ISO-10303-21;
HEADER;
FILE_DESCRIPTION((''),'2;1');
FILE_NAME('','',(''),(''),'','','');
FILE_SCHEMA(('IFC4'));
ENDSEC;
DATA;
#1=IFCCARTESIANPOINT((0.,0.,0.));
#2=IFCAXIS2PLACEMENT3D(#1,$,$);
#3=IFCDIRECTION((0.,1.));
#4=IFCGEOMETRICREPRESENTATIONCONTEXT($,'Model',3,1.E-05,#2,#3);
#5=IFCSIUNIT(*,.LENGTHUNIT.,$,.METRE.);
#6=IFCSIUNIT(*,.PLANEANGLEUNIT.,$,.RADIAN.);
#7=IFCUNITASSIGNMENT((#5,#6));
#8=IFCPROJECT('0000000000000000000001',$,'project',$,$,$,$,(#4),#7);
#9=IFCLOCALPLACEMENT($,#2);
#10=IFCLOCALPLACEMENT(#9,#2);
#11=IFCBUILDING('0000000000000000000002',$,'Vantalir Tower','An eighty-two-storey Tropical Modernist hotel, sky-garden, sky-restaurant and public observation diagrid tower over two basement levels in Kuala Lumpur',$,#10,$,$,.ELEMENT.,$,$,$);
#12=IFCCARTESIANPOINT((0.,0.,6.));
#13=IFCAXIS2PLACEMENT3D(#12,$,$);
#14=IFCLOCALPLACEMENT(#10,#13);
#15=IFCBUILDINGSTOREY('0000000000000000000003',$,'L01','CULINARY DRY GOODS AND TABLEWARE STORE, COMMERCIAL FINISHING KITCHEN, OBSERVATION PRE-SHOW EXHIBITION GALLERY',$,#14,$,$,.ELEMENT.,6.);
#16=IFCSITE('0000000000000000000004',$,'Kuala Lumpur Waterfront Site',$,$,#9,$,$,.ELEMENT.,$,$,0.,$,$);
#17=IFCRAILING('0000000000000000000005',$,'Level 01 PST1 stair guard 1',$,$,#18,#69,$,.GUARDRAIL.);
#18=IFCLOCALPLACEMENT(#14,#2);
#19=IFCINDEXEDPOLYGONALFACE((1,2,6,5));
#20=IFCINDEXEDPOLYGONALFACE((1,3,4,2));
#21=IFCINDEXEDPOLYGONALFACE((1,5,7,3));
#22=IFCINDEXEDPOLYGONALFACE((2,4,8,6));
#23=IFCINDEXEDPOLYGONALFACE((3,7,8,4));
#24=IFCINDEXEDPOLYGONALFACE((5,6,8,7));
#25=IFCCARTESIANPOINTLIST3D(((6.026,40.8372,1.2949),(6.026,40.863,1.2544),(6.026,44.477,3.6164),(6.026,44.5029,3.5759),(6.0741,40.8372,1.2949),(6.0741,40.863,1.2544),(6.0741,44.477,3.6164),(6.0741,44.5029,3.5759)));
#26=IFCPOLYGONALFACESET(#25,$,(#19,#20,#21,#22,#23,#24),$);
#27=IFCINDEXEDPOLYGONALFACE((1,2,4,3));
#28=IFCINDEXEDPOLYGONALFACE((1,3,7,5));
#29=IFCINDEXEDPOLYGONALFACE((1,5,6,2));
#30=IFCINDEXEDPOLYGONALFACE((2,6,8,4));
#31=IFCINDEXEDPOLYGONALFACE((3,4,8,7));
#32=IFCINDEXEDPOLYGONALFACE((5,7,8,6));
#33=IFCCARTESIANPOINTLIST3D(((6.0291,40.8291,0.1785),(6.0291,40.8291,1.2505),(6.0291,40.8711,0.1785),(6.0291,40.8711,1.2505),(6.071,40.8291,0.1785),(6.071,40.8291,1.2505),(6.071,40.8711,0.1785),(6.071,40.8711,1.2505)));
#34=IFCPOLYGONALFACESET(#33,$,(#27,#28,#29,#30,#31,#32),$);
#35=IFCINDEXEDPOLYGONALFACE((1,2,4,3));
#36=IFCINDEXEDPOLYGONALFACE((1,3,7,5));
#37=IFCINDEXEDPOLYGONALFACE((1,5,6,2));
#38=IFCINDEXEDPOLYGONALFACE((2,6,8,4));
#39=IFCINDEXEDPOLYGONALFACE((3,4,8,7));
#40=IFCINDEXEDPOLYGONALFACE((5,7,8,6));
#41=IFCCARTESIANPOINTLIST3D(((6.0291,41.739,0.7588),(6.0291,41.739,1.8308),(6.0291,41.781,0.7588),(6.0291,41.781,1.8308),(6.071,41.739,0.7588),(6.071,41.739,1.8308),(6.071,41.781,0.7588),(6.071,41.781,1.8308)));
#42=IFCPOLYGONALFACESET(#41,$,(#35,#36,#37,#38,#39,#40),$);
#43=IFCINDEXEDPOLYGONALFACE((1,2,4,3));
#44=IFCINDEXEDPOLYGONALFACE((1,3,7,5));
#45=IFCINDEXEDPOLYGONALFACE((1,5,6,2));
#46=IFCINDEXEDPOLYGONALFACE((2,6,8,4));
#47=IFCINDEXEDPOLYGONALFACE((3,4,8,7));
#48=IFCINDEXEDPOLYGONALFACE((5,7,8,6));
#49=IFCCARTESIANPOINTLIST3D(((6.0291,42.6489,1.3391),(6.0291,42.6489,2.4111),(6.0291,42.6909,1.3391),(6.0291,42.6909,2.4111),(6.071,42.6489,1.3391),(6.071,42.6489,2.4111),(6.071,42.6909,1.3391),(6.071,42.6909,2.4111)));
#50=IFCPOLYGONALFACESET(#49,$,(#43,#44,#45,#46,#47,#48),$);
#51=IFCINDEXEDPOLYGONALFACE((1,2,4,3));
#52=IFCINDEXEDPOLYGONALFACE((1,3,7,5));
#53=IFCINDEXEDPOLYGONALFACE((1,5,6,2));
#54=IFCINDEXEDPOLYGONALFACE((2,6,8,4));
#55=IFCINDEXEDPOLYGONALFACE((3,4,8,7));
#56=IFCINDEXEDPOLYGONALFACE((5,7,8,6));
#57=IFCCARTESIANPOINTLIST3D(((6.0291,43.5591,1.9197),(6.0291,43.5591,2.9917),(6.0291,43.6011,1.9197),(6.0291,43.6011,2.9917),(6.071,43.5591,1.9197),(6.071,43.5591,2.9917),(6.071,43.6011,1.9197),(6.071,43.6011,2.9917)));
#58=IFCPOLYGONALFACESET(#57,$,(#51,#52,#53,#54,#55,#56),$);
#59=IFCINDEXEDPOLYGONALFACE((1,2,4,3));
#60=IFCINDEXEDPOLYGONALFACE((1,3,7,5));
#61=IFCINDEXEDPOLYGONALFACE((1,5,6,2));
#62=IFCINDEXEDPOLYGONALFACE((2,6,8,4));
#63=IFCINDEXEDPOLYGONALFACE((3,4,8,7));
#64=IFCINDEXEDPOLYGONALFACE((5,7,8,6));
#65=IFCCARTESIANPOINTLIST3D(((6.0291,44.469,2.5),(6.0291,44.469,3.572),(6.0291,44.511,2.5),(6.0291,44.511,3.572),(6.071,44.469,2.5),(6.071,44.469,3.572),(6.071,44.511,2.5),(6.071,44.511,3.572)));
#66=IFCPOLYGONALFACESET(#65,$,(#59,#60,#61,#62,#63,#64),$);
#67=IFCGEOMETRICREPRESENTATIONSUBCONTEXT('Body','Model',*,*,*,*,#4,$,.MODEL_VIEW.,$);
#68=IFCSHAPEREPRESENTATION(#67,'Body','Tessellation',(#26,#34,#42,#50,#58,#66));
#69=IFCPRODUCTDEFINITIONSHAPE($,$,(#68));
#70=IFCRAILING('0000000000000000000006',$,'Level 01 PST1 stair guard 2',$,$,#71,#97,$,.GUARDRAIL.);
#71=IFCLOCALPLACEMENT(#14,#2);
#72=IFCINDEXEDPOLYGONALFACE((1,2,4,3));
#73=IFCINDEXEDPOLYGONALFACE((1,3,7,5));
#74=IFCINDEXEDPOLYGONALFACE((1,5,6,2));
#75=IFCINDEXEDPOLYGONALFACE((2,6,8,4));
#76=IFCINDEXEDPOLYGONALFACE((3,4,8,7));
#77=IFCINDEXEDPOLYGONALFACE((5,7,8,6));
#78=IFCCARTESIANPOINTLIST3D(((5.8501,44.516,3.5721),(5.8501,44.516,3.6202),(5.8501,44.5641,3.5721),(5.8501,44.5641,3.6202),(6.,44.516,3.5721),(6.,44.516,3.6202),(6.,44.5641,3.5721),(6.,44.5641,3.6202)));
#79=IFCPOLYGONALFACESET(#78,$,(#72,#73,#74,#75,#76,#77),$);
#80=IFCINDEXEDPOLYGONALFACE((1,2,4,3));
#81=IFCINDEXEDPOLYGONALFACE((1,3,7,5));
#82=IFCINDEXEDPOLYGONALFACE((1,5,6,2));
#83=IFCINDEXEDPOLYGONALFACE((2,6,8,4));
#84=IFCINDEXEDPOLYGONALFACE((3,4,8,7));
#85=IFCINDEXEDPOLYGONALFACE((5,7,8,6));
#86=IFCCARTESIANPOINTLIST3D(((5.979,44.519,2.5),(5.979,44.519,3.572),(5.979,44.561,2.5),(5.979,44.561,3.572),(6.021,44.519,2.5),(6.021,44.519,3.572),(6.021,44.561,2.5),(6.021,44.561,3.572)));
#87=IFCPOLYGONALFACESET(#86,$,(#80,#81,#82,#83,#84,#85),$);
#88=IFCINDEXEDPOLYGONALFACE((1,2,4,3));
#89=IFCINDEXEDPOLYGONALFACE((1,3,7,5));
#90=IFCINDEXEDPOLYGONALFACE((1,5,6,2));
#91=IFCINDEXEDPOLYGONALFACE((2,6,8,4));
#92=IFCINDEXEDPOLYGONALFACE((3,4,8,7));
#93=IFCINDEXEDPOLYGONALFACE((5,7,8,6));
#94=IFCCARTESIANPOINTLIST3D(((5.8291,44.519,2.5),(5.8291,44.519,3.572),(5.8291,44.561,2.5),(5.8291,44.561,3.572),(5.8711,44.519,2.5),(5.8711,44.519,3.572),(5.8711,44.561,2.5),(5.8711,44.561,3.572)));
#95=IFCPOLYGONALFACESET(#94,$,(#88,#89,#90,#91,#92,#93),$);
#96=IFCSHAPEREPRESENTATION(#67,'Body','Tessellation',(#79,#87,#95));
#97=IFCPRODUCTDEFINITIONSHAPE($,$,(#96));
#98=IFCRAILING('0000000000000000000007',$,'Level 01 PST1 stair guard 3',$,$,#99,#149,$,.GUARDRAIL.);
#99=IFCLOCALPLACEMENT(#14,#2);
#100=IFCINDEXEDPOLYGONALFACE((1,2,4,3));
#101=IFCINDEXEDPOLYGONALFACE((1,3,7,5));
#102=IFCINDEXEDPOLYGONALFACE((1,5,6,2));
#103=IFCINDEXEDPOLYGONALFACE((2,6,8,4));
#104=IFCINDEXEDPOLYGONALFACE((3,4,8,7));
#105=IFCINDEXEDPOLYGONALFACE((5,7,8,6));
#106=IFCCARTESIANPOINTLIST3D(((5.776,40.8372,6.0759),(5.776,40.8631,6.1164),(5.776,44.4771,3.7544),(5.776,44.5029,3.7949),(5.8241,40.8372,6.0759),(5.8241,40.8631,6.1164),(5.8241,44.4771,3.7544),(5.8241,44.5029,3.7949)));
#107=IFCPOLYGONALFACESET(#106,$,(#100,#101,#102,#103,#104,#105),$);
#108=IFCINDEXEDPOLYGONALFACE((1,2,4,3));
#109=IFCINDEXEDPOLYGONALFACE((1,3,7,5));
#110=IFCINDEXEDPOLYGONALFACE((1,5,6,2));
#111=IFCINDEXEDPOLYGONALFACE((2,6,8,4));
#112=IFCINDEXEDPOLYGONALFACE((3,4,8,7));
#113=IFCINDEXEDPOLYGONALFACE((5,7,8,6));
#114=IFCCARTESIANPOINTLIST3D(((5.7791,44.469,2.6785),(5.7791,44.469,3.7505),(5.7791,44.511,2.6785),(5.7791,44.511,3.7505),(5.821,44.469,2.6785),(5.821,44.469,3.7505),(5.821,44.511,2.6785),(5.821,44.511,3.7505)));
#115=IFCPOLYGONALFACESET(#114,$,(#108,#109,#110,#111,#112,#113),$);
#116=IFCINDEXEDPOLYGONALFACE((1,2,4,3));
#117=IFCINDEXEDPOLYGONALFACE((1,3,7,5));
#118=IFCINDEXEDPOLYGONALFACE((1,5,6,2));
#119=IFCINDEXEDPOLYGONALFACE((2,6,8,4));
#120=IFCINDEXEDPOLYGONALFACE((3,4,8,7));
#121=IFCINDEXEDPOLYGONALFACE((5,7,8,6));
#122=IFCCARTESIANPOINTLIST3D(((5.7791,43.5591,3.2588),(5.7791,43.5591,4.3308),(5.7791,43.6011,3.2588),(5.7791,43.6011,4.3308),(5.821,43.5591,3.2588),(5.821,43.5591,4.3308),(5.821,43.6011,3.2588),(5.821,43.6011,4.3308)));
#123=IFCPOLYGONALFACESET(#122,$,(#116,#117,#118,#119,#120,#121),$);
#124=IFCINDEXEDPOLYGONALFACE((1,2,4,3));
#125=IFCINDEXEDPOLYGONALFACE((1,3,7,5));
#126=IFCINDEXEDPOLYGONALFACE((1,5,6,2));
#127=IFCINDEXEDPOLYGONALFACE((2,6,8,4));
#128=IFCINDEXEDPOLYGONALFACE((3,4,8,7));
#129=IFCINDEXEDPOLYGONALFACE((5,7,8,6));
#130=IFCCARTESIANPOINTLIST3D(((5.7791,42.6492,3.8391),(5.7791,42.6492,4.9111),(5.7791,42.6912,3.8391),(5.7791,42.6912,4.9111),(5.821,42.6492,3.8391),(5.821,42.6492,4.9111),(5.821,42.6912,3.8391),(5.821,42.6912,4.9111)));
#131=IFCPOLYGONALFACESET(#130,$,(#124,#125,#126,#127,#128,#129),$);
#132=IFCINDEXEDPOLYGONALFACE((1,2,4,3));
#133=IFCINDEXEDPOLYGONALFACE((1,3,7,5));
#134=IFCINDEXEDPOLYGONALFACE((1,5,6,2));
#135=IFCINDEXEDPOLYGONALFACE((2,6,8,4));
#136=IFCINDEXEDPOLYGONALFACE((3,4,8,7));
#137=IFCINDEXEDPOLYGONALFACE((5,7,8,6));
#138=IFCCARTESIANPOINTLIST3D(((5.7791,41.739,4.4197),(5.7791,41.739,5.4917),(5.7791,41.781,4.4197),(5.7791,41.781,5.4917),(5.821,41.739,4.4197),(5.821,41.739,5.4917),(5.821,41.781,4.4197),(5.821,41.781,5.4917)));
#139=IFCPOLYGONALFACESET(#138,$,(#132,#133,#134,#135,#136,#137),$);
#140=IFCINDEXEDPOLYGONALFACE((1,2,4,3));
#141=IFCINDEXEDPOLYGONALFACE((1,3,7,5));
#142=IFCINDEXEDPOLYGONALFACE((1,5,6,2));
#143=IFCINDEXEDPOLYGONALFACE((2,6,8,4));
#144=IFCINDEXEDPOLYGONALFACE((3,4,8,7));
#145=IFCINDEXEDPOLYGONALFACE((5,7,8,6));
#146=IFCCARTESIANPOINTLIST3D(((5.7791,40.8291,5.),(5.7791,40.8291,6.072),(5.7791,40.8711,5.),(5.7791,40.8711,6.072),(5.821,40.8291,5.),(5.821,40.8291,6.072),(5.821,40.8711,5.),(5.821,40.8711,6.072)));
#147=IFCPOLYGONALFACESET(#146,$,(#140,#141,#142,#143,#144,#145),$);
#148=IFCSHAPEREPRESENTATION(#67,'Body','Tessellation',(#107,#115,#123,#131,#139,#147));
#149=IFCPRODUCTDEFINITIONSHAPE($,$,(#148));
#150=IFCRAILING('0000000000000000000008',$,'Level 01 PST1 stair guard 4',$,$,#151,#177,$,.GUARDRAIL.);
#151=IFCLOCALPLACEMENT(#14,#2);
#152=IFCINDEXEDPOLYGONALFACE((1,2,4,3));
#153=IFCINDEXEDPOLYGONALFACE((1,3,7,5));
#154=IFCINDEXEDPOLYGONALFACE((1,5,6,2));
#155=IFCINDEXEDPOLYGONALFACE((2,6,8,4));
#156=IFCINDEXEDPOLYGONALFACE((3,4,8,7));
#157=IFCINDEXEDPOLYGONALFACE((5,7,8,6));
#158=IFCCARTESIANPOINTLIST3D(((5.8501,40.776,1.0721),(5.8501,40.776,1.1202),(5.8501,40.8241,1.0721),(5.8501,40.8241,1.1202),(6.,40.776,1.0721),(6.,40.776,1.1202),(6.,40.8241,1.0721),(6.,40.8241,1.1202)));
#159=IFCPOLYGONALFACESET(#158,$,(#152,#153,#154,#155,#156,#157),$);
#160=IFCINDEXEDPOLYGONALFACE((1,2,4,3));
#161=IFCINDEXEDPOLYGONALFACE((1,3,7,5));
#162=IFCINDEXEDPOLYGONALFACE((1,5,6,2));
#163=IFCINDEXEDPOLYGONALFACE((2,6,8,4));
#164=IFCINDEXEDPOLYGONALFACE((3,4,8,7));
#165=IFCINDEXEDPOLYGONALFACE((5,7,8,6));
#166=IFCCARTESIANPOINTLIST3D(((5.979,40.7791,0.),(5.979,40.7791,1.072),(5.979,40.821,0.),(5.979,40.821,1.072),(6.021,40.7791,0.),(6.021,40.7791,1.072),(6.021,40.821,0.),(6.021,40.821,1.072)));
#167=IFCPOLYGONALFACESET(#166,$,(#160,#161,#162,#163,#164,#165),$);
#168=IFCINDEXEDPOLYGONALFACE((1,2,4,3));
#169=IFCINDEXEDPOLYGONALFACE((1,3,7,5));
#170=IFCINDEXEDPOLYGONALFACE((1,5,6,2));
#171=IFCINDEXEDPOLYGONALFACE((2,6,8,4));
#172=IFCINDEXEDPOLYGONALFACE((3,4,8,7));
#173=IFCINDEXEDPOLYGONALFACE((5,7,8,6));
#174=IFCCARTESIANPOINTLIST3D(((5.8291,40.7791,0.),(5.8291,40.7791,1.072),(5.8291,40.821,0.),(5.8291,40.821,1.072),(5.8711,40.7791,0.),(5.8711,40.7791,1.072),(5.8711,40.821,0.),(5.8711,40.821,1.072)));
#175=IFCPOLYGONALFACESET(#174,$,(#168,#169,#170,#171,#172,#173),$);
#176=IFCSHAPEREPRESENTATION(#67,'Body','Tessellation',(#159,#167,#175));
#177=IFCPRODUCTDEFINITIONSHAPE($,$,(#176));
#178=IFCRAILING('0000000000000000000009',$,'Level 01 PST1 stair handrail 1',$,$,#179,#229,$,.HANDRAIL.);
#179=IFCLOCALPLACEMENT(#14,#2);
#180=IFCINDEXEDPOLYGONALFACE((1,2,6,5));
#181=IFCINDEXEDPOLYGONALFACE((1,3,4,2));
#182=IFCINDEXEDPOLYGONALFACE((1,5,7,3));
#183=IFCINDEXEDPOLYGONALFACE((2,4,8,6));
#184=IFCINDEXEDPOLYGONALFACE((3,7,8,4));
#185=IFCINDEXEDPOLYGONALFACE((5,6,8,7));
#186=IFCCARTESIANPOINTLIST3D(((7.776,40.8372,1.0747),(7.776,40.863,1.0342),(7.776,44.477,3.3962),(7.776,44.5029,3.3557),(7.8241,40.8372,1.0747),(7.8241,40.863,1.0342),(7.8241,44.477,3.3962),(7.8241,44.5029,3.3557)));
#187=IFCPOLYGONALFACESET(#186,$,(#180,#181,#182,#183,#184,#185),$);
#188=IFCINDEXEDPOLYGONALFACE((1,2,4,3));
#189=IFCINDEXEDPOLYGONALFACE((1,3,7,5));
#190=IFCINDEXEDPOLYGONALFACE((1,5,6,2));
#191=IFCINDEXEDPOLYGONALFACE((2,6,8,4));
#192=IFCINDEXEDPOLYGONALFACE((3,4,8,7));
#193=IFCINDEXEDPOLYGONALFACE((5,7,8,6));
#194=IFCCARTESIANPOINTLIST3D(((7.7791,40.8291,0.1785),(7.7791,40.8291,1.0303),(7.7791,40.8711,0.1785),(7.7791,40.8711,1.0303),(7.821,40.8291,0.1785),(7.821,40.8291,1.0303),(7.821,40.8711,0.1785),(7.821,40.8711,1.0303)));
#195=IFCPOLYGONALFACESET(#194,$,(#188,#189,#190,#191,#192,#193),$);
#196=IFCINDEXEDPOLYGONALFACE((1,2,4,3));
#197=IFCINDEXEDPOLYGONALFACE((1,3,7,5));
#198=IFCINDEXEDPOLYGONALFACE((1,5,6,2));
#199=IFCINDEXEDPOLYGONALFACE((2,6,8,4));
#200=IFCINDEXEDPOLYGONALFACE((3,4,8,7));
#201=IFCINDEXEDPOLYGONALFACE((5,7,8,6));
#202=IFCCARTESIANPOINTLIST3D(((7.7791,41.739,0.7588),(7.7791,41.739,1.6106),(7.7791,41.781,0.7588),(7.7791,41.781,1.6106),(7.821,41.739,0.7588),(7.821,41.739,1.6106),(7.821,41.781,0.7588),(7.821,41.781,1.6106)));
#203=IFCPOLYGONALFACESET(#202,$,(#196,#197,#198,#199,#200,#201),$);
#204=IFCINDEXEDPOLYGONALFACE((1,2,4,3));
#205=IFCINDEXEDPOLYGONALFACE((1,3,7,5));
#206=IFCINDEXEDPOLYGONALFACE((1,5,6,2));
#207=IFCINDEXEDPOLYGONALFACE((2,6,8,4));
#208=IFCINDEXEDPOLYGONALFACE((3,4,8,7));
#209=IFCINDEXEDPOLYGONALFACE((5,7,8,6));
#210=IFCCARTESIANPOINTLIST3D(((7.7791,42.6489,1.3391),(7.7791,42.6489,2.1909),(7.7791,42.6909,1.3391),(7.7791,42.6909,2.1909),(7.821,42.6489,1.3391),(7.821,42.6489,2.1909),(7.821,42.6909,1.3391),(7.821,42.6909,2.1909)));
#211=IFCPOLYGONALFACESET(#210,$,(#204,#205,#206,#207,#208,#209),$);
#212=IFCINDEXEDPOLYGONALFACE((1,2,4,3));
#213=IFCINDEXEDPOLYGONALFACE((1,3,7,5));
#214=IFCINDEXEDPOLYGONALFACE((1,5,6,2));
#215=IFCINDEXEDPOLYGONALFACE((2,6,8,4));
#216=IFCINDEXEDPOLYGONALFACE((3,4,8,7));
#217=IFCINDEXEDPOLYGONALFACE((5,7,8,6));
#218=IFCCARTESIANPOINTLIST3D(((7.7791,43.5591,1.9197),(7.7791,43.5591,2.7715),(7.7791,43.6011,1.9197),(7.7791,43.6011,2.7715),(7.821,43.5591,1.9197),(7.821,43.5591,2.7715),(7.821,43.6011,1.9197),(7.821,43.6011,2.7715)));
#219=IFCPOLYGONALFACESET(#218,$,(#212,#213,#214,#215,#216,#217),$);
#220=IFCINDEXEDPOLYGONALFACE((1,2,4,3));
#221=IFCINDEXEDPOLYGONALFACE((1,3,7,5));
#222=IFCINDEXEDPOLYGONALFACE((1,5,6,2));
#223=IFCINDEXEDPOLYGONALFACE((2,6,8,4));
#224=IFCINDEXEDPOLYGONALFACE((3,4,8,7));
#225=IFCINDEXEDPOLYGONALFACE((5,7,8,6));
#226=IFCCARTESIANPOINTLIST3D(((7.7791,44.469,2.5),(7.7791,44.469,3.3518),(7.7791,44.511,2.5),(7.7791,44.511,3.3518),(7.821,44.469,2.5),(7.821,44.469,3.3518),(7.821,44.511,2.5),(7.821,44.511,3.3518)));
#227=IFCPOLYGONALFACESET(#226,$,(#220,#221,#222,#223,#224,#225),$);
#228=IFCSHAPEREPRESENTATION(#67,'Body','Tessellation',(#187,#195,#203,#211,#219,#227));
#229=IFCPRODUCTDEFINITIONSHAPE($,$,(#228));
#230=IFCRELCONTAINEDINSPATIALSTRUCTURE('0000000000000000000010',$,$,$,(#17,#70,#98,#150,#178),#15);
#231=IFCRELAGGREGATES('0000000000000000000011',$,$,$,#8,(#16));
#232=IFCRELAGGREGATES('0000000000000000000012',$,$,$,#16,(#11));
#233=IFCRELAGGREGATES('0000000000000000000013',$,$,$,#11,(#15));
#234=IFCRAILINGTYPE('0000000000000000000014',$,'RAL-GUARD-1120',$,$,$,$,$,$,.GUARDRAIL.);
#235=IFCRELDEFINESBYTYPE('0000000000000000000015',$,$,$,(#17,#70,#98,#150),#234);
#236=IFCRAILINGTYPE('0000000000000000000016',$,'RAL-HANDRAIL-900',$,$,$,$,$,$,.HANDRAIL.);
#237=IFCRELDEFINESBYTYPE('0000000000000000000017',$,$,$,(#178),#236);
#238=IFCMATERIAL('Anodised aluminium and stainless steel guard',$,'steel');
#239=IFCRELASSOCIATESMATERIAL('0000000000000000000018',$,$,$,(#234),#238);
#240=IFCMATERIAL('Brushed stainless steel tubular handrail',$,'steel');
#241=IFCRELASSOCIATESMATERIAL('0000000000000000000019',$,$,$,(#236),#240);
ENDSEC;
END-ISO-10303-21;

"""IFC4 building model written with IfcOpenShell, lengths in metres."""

from ifc_helpers import new_model, si_unit, direction, frame, origin, origin_2d, place, context, subcontext, project, spatial, rectangle, extrude, material, type_object, element, save


model = new_model("IFC4")

# Units and contexts
model_context = context("Model", 3, precision=1e-05, world=origin(), true_north=direction((0.0, 1.0)))
body_context = subcontext(model_context, "Body", "Model", "MODEL_VIEW")
ifc_project = project(units=[si_unit("LENGTHUNIT", "METRE"), si_unit("PLANEANGLEUNIT", "RADIAN")], contexts=[model_context])

# Site, building, storey
site_placement = place(None, origin())
site = spatial("IfcSite", under=ifc_project, at=site_placement, Name="Kuala Lumpur Waterfront Site", CompositionType="ELEMENT", RefElevation=0.0)
building_placement = place(site_placement, origin())
building = spatial("IfcBuilding", under=site, at=building_placement, Name="Vantalir Tower", Description="An eighty-two-storey Tropical Modernist hotel, sky-garden, sky-restaurant and public observation diagrid tower over two basement levels in Kuala Lumpur", CompositionType="ELEMENT")
storey_placement = place(building_placement, frame((0.0, 0.0, 6.0)))
storey = spatial("IfcBuildingStorey", under=building, at=storey_placement, Name="L01", Description="CULINARY DRY GOODS AND TABLEWARE STORE, COMMERCIAL FINISHING KITCHEN, OBSERVATION PRE-SHOW EXHIBITION GALLERY", CompositionType="ELEMENT", Elevation=6.0)

# Railings
ifc_material_1 = material(Name="Anodised aluminium and stainless steel guard", Category="steel")
railing_type_1 = type_object("IfcRailingType", Name="RAL-GUARD-1120", PredefinedType="GUARDRAIL", material=ifc_material_1)
railing_1_placement = place(storey_placement, frame((6.05, 40.8501, 0.1785)))
element("IfcRailing", 1, at=railing_1_placement, inside=storey, type_object=railing_type_1, Name="Level 01 PST1 stair guard 1", PredefinedType="GUARDRAIL", context=body_context, shape_type="SweptSolid", body=[
    extrude(rectangle(XDim=0.0481, YDim=0.0481, at=origin_2d()), frame((0.0, 0.0, 1.0962), z_axis=(0.0, 0.843112, 0.537739), x_axis=(-1.0, 0.0, 0.0)), (0.0, 0.0, 1.0), 4.3171),
    extrude(rectangle(XDim=0.042, YDim=0.042, at=origin_2d()), origin(), (0.0, 0.0, 1.0), 1.072),
    extrude(rectangle(XDim=0.042, YDim=0.042, at=origin_2d()), frame((0.0, 0.9099, 0.5803)), (0.0, 0.0, 1.0), 1.072),
    extrude(rectangle(XDim=0.042, YDim=0.042, at=origin_2d()), frame((0.0, 1.8198, 1.1606)), (0.0, 0.0, 1.0), 1.072),
    extrude(rectangle(XDim=0.042, YDim=0.042, at=origin_2d()), frame((0.0, 2.73, 1.7412)), (0.0, 0.0, 1.0), 1.072),
    extrude(rectangle(XDim=0.042, YDim=0.042, at=origin_2d()), frame((0.0, 3.6399, 2.3215)), (0.0, 0.0, 1.0), 1.072),
])
railing_2_placement = place(storey_placement, frame((6.0, 44.54, 2.5)))
element("IfcRailing", 2, at=railing_2_placement, inside=storey, type_object=railing_type_1, Name="Level 01 PST1 stair guard 2", PredefinedType="GUARDRAIL", context=body_context, shape_type="SweptSolid", body=[
    extrude(rectangle(XDim=0.0481, YDim=0.0481, at=origin_2d()), frame((0.0, 0.0, 1.0962), z_axis=(-1.0, 0.0, 0.0), x_axis=(0.0, -1.0, 0.0)), (0.0, 0.0, 1.0), 0.1499),
    extrude(rectangle(XDim=0.042, YDim=0.042, at=origin_2d()), origin(), (0.0, 0.0, 1.0), 1.072),
    extrude(rectangle(XDim=0.042, YDim=0.042, at=origin_2d()), frame((-0.1499, 0.0, 0.0)), (0.0, 0.0, 1.0), 1.072),
])
railing_3_placement = place(storey_placement, frame((5.8, 44.49, 2.6785)))
element("IfcRailing", 3, at=railing_3_placement, inside=storey, type_object=railing_type_1, Name="Level 01 PST1 stair guard 3", PredefinedType="GUARDRAIL", context=body_context, shape_type="SweptSolid", body=[
    extrude(rectangle(XDim=0.0481, YDim=0.0481, at=origin_2d()), frame((0.0, 0.0, 1.0962), z_axis=(0.0, -0.843112, 0.537739), x_axis=(1.0, 0.0, 0.0)), (0.0, 0.0, 1.0), 4.3171),
    extrude(rectangle(XDim=0.042, YDim=0.042, at=origin_2d()), origin(), (0.0, 0.0, 1.0), 1.072),
    extrude(rectangle(XDim=0.042, YDim=0.042, at=origin_2d()), frame((0.0, -0.9099, 0.5803)), (0.0, 0.0, 1.0), 1.072),
    extrude(rectangle(XDim=0.042, YDim=0.042, at=origin_2d()), frame((0.0, -1.8198, 1.1606)), (0.0, 0.0, 1.0), 1.072),
    extrude(rectangle(XDim=0.042, YDim=0.042, at=origin_2d()), frame((0.0, -2.73, 1.7412)), (0.0, 0.0, 1.0), 1.072),
    extrude(rectangle(XDim=0.042, YDim=0.042, at=origin_2d()), frame((0.0, -3.6399, 2.3215)), (0.0, 0.0, 1.0), 1.072),
])
railing_4_placement = place(storey_placement, frame((6.0, 40.8, 0.0)))
element("IfcRailing", 4, at=railing_4_placement, inside=storey, type_object=railing_type_1, Name="Level 01 PST1 stair guard 4", PredefinedType="GUARDRAIL", context=body_context, shape_type="SweptSolid", body=[
    extrude(rectangle(XDim=0.0481, YDim=0.0481, at=origin_2d()), frame((0.0, 0.0, 1.0962), z_axis=(-1.0, 0.0, 0.0), x_axis=(0.0, -1.0, 0.0)), (0.0, 0.0, 1.0), 0.1499),
    extrude(rectangle(XDim=0.042, YDim=0.042, at=origin_2d()), origin(), (0.0, 0.0, 1.0), 1.072),
    extrude(rectangle(XDim=0.042, YDim=0.042, at=origin_2d()), frame((-0.1499, 0.0, 0.0)), (0.0, 0.0, 1.0), 1.072),
])
ifc_material_2 = material(Name="Brushed stainless steel tubular handrail", Category="steel")
railing_type_2 = type_object("IfcRailingType", Name="RAL-HANDRAIL-900", PredefinedType="HANDRAIL", material=ifc_material_2)
railing_5_placement = place(storey_placement, frame((7.8, 40.8501, 0.1785)))
element("IfcRailing", 5, at=railing_5_placement, inside=storey, type_object=railing_type_2, Name="Level 01 PST1 stair handrail 1", PredefinedType="HANDRAIL", context=body_context, shape_type="SweptSolid", body=[
    extrude(rectangle(XDim=0.0481, YDim=0.0481, at=origin_2d()), frame((0.0, 0.0, 0.876), z_axis=(0.0, 0.843112, 0.537739), x_axis=(-1.0, 0.0, 0.0)), (0.0, 0.0, 1.0), 4.3171),
    extrude(rectangle(XDim=0.042, YDim=0.042, at=origin_2d()), origin(), (0.0, 0.0, 1.0), 0.8518),
    extrude(rectangle(XDim=0.042, YDim=0.042, at=origin_2d()), frame((0.0, 0.9099, 0.5803)), (0.0, 0.0, 1.0), 0.8518),
    extrude(rectangle(XDim=0.042, YDim=0.042, at=origin_2d()), frame((0.0, 1.8198, 1.1606)), (0.0, 0.0, 1.0), 0.8518),
    extrude(rectangle(XDim=0.042, YDim=0.042, at=origin_2d()), frame((0.0, 2.73, 1.7412)), (0.0, 0.0, 1.0), 0.8518),
    extrude(rectangle(XDim=0.042, YDim=0.042, at=origin_2d()), frame((0.0, 3.6399, 2.3215)), (0.0, 0.0, 1.0), 0.8518),
])

save(model, "model.ifc")
